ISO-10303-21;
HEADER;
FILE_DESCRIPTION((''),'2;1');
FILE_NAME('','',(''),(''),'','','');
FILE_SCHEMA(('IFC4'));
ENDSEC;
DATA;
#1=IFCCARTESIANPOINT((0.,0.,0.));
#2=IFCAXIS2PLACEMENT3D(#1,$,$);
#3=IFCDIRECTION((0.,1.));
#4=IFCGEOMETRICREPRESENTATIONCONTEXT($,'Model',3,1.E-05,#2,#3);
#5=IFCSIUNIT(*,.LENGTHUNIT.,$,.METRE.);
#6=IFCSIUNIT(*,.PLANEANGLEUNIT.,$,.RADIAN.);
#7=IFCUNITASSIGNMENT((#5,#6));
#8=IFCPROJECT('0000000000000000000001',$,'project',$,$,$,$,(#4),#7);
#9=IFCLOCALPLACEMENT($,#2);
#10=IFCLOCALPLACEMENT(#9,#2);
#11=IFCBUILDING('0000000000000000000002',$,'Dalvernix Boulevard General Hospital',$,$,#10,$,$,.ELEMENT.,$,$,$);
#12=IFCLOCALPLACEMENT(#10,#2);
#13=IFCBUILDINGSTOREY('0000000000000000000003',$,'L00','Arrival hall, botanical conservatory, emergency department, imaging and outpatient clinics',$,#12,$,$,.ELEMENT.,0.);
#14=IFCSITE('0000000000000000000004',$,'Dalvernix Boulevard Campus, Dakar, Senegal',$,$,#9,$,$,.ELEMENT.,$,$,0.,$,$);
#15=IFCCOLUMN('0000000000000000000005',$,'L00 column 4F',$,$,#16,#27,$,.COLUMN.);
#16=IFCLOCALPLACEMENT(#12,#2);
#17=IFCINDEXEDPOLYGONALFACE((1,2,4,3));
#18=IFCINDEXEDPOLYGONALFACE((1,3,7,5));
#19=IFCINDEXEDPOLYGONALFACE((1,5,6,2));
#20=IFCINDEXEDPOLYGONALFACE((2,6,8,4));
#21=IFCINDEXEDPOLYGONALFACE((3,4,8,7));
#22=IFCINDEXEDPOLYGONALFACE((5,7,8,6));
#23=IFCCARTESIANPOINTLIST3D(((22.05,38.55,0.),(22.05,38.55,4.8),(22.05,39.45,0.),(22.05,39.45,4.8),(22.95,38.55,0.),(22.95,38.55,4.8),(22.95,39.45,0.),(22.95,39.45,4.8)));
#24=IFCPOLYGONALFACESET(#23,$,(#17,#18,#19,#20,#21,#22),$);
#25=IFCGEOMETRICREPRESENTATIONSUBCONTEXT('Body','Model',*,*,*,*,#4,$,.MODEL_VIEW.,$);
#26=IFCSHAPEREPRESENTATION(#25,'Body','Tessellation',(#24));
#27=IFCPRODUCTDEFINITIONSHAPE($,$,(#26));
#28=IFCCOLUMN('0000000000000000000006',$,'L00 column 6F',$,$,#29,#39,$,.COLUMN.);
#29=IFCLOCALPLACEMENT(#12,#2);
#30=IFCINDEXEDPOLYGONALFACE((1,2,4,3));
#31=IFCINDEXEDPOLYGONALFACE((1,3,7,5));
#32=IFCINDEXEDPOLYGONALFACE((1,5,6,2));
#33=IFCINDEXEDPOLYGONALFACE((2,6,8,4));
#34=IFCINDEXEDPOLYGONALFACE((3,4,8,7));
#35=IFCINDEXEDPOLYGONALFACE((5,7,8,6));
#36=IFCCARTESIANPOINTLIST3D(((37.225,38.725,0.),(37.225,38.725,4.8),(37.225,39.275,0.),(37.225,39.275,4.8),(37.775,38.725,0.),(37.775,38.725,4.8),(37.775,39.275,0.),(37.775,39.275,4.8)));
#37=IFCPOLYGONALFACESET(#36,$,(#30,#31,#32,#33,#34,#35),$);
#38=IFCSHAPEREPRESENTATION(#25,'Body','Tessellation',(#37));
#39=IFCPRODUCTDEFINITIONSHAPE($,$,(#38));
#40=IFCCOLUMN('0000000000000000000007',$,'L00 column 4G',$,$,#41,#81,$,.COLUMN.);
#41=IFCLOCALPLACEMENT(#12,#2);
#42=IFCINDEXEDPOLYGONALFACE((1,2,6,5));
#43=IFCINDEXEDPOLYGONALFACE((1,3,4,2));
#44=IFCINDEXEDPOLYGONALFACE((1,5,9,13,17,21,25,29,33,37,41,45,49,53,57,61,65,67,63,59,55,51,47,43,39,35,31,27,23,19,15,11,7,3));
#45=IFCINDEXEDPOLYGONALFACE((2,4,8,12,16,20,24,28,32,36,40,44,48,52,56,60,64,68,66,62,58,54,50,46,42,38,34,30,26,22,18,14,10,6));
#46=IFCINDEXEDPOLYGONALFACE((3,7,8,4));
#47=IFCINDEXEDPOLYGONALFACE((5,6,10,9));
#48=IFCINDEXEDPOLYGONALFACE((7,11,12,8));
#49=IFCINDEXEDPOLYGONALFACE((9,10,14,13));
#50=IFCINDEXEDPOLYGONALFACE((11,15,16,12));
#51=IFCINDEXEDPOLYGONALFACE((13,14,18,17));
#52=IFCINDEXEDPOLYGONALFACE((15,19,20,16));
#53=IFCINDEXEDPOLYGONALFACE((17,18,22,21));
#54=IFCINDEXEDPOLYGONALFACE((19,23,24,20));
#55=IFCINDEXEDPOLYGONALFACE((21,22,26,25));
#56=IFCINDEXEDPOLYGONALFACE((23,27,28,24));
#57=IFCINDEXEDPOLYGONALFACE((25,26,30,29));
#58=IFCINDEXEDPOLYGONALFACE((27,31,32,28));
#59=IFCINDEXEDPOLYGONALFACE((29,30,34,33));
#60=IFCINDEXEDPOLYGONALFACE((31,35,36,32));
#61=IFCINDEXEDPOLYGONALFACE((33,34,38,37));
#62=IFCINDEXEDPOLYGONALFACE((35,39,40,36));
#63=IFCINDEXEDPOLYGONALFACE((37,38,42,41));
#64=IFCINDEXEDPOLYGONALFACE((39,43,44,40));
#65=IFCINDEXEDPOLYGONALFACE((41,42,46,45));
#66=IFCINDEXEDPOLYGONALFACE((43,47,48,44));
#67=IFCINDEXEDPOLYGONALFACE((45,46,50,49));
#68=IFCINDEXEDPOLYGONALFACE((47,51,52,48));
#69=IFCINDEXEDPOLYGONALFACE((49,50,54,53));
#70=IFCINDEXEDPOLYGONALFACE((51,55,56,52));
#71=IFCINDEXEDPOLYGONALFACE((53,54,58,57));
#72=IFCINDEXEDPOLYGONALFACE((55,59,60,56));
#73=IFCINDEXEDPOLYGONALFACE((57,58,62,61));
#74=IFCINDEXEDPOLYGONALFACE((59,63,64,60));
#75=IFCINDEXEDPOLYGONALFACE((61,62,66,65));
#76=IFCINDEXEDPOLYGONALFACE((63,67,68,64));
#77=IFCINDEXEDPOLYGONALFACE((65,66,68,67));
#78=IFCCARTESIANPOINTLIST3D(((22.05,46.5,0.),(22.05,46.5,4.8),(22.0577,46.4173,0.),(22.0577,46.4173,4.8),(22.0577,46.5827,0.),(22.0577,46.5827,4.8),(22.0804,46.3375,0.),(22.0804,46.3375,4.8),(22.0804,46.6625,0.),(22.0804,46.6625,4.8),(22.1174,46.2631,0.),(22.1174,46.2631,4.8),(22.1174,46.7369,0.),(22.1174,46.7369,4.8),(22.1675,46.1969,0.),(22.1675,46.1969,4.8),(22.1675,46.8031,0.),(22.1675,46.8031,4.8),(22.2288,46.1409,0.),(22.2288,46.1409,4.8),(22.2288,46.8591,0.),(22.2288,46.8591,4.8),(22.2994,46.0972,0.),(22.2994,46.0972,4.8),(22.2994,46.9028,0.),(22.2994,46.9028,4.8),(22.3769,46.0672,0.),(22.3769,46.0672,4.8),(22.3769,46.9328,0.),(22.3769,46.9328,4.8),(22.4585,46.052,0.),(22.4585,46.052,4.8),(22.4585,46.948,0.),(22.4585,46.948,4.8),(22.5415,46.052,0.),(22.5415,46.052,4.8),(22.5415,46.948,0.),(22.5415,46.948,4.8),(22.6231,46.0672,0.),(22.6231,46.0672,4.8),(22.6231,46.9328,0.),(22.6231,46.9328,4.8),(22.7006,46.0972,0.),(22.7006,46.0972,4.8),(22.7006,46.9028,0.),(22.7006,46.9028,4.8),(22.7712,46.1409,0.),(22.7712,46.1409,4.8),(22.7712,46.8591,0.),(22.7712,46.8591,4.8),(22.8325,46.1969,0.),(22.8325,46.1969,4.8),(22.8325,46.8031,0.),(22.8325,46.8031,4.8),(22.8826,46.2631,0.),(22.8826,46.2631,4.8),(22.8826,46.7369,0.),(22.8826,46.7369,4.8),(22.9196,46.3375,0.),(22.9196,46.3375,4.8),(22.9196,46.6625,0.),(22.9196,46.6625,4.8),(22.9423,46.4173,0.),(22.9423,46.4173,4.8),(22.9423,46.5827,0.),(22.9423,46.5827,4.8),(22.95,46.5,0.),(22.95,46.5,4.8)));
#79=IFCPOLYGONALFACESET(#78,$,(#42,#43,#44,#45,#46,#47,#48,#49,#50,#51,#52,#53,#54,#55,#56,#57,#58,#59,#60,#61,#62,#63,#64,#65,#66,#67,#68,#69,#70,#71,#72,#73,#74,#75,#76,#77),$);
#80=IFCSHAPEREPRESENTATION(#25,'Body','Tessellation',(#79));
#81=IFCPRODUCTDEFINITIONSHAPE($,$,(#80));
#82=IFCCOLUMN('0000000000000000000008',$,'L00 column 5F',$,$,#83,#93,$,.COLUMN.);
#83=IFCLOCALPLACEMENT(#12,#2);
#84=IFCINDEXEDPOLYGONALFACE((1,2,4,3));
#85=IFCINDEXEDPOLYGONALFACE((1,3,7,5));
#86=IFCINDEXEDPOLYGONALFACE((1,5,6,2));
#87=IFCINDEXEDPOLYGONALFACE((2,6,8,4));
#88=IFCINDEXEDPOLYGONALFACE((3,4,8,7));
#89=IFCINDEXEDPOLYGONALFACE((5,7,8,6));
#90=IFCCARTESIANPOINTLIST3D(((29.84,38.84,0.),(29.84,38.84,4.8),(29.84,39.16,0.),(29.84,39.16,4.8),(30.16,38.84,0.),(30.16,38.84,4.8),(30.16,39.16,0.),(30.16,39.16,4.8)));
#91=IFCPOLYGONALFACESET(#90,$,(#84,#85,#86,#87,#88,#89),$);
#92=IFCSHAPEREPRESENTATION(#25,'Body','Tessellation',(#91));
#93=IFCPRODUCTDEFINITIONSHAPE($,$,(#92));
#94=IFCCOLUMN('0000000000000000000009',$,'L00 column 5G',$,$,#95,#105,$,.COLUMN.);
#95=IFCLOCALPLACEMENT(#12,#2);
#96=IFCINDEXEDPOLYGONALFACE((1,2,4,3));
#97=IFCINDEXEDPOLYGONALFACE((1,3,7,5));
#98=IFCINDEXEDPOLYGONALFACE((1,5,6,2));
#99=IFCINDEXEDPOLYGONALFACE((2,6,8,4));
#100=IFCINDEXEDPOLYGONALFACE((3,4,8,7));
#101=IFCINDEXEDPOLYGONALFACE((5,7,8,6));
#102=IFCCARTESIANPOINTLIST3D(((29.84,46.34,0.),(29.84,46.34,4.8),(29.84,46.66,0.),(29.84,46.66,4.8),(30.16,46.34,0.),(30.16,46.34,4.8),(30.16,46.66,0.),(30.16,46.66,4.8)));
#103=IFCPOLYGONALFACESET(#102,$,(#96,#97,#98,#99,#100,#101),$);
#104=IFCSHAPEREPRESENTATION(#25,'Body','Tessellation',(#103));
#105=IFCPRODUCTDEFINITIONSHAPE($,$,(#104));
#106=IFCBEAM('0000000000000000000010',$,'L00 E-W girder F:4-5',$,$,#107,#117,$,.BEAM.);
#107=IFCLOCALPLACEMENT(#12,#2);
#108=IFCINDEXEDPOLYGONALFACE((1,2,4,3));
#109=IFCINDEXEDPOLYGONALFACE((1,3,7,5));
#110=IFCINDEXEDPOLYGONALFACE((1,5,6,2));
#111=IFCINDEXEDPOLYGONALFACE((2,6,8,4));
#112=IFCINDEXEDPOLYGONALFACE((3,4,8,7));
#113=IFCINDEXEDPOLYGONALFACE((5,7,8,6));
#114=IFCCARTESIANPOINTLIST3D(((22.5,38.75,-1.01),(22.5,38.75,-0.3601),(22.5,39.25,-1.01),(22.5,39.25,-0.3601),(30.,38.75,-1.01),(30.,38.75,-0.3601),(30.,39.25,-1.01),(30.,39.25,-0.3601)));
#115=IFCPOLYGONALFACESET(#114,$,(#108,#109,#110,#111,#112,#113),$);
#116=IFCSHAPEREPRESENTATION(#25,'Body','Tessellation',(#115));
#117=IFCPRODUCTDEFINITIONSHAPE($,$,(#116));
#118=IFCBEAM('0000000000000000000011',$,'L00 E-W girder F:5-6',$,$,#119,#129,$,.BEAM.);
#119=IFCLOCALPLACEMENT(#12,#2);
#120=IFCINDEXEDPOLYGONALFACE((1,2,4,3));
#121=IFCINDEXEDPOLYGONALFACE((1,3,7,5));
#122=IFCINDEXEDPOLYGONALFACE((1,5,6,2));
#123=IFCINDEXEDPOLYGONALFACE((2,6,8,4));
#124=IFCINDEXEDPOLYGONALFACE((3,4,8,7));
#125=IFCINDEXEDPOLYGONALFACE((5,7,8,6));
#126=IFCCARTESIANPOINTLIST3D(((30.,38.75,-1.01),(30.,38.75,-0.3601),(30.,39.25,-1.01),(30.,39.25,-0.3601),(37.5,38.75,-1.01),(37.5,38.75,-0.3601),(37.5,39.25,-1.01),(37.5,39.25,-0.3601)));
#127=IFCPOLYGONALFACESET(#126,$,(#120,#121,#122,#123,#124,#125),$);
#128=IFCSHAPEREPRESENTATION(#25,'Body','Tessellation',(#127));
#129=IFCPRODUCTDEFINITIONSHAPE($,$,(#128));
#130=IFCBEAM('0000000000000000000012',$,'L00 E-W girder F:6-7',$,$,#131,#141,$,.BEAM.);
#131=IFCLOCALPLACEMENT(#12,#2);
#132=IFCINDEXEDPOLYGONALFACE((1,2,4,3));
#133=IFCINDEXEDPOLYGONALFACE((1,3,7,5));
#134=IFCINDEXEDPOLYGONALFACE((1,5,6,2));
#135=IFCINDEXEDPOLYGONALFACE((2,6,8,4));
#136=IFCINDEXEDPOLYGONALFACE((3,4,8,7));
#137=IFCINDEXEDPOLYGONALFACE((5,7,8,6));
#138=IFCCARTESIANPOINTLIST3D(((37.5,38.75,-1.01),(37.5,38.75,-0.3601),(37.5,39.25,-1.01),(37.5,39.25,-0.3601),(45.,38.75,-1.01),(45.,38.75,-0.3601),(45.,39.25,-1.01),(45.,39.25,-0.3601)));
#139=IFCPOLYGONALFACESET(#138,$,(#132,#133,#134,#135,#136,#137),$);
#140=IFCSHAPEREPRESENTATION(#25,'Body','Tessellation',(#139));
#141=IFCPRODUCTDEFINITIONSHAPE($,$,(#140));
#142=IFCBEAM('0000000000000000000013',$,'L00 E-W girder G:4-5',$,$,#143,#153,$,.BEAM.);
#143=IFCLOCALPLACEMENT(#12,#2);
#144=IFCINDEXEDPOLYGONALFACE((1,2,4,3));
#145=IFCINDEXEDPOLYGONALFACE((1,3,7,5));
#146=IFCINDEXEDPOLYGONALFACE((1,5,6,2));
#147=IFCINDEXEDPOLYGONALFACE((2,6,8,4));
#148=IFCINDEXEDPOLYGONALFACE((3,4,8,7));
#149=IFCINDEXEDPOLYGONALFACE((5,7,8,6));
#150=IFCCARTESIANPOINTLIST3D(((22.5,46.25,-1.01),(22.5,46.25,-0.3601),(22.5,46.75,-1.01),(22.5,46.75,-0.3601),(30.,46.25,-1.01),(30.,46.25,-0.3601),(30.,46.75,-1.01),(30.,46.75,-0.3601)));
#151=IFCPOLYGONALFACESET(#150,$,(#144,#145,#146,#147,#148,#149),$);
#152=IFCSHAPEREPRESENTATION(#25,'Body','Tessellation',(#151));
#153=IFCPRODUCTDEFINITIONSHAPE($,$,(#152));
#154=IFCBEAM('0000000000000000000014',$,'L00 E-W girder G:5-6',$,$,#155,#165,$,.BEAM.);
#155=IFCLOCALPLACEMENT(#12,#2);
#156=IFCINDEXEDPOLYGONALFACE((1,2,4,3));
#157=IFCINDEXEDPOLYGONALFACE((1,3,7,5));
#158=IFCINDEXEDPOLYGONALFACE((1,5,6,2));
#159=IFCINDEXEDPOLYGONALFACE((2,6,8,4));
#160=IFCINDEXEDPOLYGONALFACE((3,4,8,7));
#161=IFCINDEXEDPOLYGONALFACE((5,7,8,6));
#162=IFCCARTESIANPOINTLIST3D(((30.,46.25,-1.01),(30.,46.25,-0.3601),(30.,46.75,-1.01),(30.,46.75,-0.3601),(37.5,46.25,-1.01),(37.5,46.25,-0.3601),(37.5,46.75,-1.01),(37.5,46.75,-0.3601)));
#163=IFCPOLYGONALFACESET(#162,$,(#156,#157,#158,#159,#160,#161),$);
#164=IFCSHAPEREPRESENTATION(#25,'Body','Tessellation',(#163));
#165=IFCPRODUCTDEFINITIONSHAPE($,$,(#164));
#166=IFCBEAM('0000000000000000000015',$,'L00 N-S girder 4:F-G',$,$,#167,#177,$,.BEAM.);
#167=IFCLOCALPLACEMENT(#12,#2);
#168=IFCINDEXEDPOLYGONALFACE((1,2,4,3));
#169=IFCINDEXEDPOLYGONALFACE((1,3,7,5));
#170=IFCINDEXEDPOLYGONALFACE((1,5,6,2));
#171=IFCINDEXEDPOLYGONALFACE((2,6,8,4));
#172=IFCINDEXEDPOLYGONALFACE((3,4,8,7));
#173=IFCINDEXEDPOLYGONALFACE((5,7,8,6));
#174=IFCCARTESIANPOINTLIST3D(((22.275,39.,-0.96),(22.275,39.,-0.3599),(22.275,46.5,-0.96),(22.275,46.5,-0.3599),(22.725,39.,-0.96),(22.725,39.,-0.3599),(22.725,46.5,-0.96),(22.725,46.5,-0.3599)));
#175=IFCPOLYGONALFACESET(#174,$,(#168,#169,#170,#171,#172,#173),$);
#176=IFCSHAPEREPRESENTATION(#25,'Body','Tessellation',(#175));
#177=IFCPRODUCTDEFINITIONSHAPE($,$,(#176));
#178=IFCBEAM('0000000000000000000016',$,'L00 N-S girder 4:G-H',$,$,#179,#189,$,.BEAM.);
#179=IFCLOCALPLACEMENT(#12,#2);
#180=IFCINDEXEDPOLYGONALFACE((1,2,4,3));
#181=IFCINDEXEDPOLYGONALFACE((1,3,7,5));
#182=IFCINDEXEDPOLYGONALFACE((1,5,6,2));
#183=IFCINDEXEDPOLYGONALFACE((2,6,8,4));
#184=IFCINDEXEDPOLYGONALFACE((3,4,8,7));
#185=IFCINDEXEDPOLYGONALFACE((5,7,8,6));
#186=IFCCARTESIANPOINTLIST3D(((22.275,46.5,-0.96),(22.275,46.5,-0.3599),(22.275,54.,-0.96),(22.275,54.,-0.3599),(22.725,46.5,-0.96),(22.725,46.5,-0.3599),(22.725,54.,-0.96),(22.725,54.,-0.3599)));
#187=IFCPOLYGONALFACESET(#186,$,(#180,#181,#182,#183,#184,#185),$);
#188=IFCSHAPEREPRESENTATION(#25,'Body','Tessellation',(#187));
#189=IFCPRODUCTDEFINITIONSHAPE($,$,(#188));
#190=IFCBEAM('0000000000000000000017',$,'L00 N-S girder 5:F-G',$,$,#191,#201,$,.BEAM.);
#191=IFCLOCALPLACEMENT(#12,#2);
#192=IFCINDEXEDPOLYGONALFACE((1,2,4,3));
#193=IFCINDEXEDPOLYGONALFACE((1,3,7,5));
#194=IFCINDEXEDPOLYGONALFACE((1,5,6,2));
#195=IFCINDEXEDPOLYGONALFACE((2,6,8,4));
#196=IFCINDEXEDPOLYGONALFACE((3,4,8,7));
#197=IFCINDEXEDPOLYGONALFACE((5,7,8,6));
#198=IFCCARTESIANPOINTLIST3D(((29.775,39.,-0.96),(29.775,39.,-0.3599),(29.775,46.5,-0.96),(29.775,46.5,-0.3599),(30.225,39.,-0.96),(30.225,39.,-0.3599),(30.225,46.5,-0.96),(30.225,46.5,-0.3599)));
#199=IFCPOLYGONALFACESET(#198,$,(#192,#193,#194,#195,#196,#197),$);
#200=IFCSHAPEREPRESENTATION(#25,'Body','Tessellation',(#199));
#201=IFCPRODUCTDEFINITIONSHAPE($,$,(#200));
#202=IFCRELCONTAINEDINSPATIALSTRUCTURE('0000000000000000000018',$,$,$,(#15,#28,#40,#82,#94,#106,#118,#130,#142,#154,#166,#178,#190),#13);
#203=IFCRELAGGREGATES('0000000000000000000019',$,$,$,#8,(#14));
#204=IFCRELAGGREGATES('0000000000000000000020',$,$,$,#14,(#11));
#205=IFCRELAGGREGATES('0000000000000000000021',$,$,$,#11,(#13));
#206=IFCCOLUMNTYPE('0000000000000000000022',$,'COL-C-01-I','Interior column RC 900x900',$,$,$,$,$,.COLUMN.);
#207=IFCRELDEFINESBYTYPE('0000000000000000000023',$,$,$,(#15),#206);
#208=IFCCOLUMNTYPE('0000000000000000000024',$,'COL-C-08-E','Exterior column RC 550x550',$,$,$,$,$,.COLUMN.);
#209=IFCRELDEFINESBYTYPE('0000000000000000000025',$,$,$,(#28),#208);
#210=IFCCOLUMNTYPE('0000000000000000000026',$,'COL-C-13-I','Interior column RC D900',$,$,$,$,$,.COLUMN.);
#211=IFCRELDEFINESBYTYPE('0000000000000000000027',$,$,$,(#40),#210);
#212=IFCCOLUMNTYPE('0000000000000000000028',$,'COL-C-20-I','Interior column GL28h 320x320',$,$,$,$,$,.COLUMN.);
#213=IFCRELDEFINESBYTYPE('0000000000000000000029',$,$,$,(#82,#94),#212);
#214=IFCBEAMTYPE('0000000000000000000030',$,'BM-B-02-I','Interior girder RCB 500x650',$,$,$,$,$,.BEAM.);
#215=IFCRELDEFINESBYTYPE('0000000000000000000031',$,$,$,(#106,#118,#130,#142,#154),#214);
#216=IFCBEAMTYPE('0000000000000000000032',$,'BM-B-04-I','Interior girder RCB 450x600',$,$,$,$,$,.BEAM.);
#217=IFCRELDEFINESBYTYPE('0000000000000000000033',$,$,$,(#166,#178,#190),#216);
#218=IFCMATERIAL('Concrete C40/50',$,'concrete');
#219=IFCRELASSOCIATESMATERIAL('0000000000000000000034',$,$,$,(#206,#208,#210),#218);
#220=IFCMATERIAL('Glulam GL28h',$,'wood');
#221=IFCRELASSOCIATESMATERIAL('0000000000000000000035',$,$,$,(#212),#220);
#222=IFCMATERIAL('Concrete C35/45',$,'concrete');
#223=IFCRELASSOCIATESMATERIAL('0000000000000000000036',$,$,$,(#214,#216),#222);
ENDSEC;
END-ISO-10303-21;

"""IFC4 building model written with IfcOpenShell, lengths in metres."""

from ifc_helpers import new_model, si_unit, direction, frame, origin, origin_2d, place, context, subcontext, project, spatial, rectangle, circle, extrude, material, material_profile, profile_set, type_object, element, save


model = new_model("IFC4")

# Units and contexts
model_context = context("Model", 3, precision=1e-05, world=origin(), true_north=direction((0.0, 1.0)))
body_context = subcontext(model_context, "Body", "Model", "MODEL_VIEW")
ifc_project = project(units=[si_unit("LENGTHUNIT", "METRE"), si_unit("PLANEANGLEUNIT", "RADIAN")], contexts=[model_context])

# Site, building, storey
site_placement = place(None, origin())
site = spatial("IfcSite", under=ifc_project, at=site_placement, Name="Dalvernix Boulevard Campus, Dakar, Senegal", CompositionType="ELEMENT", RefElevation=0.0)
building_placement = place(site_placement, origin())
building = spatial("IfcBuilding", under=site, at=building_placement, Name="Dalvernix Boulevard General Hospital", CompositionType="ELEMENT")
storey_placement = place(building_placement, origin())
storey = spatial("IfcBuildingStorey", under=building, at=storey_placement, Name="L00", Description="Arrival hall, botanical conservatory, emergency department, imaging and outpatient clinics", CompositionType="ELEMENT", Elevation=0.0)

# Columns
ifc_material_1 = material(Name="Concrete C40/50", Category="concrete")
ifc_material_profile_1 = material_profile(ifc_material_1, rectangle(XDim=0.8999, YDim=0.8999, at=origin_2d()), Name="RC 900x900")
ifc_profile_set_1 = profile_set([ifc_material_profile_1], Name="Concrete C40/50")
column_type_1 = type_object("IfcColumnType", Name="COL-C-01-I", Description="Interior column RC 900x900", PredefinedType="COLUMN", material=ifc_profile_set_1)
column_1_placement = place(storey_placement, frame((22.5, 39.0, 0.0), z_axis=(0.0, 0.0, 1.0), x_axis=(1.0, 0.0, 0.0)))
element("IfcColumn", 1, at=column_1_placement, inside=storey, type_object=column_type_1, Name="L00 column 4F", PredefinedType="COLUMN", context=body_context, shape_type="SweptSolid", body=[
    extrude(rectangle(XDim=0.8999, YDim=0.8999, at=origin_2d()), origin(), (0.0, 0.0, 1.0), 4.8),
])
ifc_material_profile_2 = material_profile(ifc_material_1, rectangle(XDim=0.55, YDim=0.55, at=origin_2d()), Name="RC 550x550")
ifc_profile_set_2 = profile_set([ifc_material_profile_2], Name="Concrete C40/50")
column_type_2 = type_object("IfcColumnType", Name="COL-C-08-E", Description="Exterior column RC 550x550", PredefinedType="COLUMN", material=ifc_profile_set_2)
column_2_placement = place(storey_placement, frame((37.5, 39.0, 0.0), z_axis=(0.0, 0.0, 1.0), x_axis=(1.0, 0.0, 0.0)))
element("IfcColumn", 2, at=column_2_placement, inside=storey, type_object=column_type_2, Name="L00 column 6F", PredefinedType="COLUMN", context=body_context, shape_type="SweptSolid", body=[
    extrude(rectangle(XDim=0.55, YDim=0.55, at=origin_2d()), origin(), (0.0, 0.0, 1.0), 4.8),
])
ifc_material_profile_3 = material_profile(ifc_material_1, circle(Radius=0.45, at=origin_2d()), Name="RC D900")
ifc_profile_set_3 = profile_set([ifc_material_profile_3], Name="Concrete C40/50")
column_type_3 = type_object("IfcColumnType", Name="COL-C-13-I", Description="Interior column RC D900", PredefinedType="COLUMN", material=ifc_profile_set_3)
column_3_placement = place(storey_placement, frame((22.5, 46.5, 0.0), z_axis=(0.0, 0.0, 1.0), x_axis=(1.0, 0.0, 0.0)))
element("IfcColumn", 3, at=column_3_placement, inside=storey, type_object=column_type_3, Name="L00 column 4G", PredefinedType="COLUMN", context=body_context, shape_type="SweptSolid", body=[
    extrude(circle(Radius=0.45, at=origin_2d()), origin(), (0.0, 0.0, 1.0), 4.8),
])
ifc_material_2 = material(Name="Glulam GL28h", Category="wood")
ifc_material_profile_4 = material_profile(ifc_material_2, rectangle(XDim=0.3201, YDim=0.3201, at=origin_2d()), Name="GL28h 320x320")
ifc_profile_set_4 = profile_set([ifc_material_profile_4], Name="Glulam GL28h")
column_type_4 = type_object("IfcColumnType", Name="COL-C-20-I", Description="Interior column GL28h 320x320", PredefinedType="COLUMN", material=ifc_profile_set_4)
for number, where, z_axis, x_axis, name in (
    (4, (30.0, 39.0, 0.0), (0.0, 0.0, 1.0), (1.0, 0.0, 0.0), "L00 column 5F"),
    (5, (30.0, 46.5, 0.0), (0.0, 0.0, 1.0), (1.0, 0.0, 0.0), "L00 column 5G"),
):
    element("IfcColumn", number, at=place(storey_placement, frame(where, z_axis=z_axis, x_axis=x_axis)), inside=storey, type_object=column_type_4, Name=name, PredefinedType="COLUMN", context=body_context, shape_type="SweptSolid", body=[
        extrude(rectangle(XDim=0.3201, YDim=0.3201, at=origin_2d()), origin(), (0.0, 0.0, 1.0), 4.8),
    ])

# Beams
ifc_material_3 = material(Name="Concrete C35/45", Category="concrete")
ifc_material_profile_5 = material_profile(ifc_material_3, rectangle(XDim=0.5, YDim=0.6499, at=origin_2d()), Name="RCB 500x650")
ifc_profile_set_5 = profile_set([ifc_material_profile_5], Name="Concrete C35/45")
beam_type_1 = type_object("IfcBeamType", Name="BM-B-02-I", Description="Interior girder RCB 500x650", PredefinedType="BEAM", material=ifc_profile_set_5)
for number, where, z_axis, x_axis, name in (
    (6, (22.5, 39.0, -0.6851), (1.0, 0.0, 0.0), (0.0, 1.0, 0.0), "L00 E-W girder F:4-5"),
    (7, (30.0, 39.0, -0.6851), (1.0, 0.0, 0.0), (0.0, 1.0, 0.0), "L00 E-W girder F:5-6"),
    (8, (37.5, 39.0, -0.6851), (1.0, 0.0, 0.0), (0.0, 1.0, 0.0), "L00 E-W girder F:6-7"),
    (9, (22.5, 46.5, -0.6851), (1.0, 0.0, 0.0), (0.0, 1.0, 0.0), "L00 E-W girder G:4-5"),
    (10, (30.0, 46.5, -0.6851), (1.0, 0.0, 0.0), (0.0, 1.0, 0.0), "L00 E-W girder G:5-6"),
):
    element("IfcBeam", number, at=place(storey_placement, frame(where, z_axis=z_axis, x_axis=x_axis)), inside=storey, type_object=beam_type_1, Name=name, PredefinedType="BEAM", context=body_context, shape_type="SweptSolid", body=[
        extrude(rectangle(XDim=0.5, YDim=0.6499, at=origin_2d()), origin(), (0.0, 0.0, 1.0), 7.5),
    ])
ifc_material_profile_6 = material_profile(ifc_material_3, rectangle(XDim=0.45, YDim=0.6001, at=origin_2d()), Name="RCB 450x600")
ifc_profile_set_6 = profile_set([ifc_material_profile_6], Name="Concrete C35/45")
beam_type_2 = type_object("IfcBeamType", Name="BM-B-04-I", Description="Interior girder RCB 450x600", PredefinedType="BEAM", material=ifc_profile_set_6)
for number, where, z_axis, x_axis, name in (
    (11, (22.5, 39.0, -0.6599), (0.0, 1.0, 0.0), (-1.0, 0.0, 0.0), "L00 N-S girder 4:F-G"),
    (12, (22.5, 46.5, -0.6599), (0.0, 1.0, 0.0), (-1.0, 0.0, 0.0), "L00 N-S girder 4:G-H"),
    (13, (30.0, 39.0, -0.6599), (0.0, 1.0, 0.0), (-1.0, 0.0, 0.0), "L00 N-S girder 5:F-G"),
):
    element("IfcBeam", number, at=place(storey_placement, frame(where, z_axis=z_axis, x_axis=x_axis)), inside=storey, type_object=beam_type_2, Name=name, PredefinedType="BEAM", context=body_context, shape_type="SweptSolid", body=[
        extrude(rectangle(XDim=0.45, YDim=0.6001, at=origin_2d()), origin(), (0.0, 0.0, 1.0), 7.5),
    ])

save(model, "model.ifc")
